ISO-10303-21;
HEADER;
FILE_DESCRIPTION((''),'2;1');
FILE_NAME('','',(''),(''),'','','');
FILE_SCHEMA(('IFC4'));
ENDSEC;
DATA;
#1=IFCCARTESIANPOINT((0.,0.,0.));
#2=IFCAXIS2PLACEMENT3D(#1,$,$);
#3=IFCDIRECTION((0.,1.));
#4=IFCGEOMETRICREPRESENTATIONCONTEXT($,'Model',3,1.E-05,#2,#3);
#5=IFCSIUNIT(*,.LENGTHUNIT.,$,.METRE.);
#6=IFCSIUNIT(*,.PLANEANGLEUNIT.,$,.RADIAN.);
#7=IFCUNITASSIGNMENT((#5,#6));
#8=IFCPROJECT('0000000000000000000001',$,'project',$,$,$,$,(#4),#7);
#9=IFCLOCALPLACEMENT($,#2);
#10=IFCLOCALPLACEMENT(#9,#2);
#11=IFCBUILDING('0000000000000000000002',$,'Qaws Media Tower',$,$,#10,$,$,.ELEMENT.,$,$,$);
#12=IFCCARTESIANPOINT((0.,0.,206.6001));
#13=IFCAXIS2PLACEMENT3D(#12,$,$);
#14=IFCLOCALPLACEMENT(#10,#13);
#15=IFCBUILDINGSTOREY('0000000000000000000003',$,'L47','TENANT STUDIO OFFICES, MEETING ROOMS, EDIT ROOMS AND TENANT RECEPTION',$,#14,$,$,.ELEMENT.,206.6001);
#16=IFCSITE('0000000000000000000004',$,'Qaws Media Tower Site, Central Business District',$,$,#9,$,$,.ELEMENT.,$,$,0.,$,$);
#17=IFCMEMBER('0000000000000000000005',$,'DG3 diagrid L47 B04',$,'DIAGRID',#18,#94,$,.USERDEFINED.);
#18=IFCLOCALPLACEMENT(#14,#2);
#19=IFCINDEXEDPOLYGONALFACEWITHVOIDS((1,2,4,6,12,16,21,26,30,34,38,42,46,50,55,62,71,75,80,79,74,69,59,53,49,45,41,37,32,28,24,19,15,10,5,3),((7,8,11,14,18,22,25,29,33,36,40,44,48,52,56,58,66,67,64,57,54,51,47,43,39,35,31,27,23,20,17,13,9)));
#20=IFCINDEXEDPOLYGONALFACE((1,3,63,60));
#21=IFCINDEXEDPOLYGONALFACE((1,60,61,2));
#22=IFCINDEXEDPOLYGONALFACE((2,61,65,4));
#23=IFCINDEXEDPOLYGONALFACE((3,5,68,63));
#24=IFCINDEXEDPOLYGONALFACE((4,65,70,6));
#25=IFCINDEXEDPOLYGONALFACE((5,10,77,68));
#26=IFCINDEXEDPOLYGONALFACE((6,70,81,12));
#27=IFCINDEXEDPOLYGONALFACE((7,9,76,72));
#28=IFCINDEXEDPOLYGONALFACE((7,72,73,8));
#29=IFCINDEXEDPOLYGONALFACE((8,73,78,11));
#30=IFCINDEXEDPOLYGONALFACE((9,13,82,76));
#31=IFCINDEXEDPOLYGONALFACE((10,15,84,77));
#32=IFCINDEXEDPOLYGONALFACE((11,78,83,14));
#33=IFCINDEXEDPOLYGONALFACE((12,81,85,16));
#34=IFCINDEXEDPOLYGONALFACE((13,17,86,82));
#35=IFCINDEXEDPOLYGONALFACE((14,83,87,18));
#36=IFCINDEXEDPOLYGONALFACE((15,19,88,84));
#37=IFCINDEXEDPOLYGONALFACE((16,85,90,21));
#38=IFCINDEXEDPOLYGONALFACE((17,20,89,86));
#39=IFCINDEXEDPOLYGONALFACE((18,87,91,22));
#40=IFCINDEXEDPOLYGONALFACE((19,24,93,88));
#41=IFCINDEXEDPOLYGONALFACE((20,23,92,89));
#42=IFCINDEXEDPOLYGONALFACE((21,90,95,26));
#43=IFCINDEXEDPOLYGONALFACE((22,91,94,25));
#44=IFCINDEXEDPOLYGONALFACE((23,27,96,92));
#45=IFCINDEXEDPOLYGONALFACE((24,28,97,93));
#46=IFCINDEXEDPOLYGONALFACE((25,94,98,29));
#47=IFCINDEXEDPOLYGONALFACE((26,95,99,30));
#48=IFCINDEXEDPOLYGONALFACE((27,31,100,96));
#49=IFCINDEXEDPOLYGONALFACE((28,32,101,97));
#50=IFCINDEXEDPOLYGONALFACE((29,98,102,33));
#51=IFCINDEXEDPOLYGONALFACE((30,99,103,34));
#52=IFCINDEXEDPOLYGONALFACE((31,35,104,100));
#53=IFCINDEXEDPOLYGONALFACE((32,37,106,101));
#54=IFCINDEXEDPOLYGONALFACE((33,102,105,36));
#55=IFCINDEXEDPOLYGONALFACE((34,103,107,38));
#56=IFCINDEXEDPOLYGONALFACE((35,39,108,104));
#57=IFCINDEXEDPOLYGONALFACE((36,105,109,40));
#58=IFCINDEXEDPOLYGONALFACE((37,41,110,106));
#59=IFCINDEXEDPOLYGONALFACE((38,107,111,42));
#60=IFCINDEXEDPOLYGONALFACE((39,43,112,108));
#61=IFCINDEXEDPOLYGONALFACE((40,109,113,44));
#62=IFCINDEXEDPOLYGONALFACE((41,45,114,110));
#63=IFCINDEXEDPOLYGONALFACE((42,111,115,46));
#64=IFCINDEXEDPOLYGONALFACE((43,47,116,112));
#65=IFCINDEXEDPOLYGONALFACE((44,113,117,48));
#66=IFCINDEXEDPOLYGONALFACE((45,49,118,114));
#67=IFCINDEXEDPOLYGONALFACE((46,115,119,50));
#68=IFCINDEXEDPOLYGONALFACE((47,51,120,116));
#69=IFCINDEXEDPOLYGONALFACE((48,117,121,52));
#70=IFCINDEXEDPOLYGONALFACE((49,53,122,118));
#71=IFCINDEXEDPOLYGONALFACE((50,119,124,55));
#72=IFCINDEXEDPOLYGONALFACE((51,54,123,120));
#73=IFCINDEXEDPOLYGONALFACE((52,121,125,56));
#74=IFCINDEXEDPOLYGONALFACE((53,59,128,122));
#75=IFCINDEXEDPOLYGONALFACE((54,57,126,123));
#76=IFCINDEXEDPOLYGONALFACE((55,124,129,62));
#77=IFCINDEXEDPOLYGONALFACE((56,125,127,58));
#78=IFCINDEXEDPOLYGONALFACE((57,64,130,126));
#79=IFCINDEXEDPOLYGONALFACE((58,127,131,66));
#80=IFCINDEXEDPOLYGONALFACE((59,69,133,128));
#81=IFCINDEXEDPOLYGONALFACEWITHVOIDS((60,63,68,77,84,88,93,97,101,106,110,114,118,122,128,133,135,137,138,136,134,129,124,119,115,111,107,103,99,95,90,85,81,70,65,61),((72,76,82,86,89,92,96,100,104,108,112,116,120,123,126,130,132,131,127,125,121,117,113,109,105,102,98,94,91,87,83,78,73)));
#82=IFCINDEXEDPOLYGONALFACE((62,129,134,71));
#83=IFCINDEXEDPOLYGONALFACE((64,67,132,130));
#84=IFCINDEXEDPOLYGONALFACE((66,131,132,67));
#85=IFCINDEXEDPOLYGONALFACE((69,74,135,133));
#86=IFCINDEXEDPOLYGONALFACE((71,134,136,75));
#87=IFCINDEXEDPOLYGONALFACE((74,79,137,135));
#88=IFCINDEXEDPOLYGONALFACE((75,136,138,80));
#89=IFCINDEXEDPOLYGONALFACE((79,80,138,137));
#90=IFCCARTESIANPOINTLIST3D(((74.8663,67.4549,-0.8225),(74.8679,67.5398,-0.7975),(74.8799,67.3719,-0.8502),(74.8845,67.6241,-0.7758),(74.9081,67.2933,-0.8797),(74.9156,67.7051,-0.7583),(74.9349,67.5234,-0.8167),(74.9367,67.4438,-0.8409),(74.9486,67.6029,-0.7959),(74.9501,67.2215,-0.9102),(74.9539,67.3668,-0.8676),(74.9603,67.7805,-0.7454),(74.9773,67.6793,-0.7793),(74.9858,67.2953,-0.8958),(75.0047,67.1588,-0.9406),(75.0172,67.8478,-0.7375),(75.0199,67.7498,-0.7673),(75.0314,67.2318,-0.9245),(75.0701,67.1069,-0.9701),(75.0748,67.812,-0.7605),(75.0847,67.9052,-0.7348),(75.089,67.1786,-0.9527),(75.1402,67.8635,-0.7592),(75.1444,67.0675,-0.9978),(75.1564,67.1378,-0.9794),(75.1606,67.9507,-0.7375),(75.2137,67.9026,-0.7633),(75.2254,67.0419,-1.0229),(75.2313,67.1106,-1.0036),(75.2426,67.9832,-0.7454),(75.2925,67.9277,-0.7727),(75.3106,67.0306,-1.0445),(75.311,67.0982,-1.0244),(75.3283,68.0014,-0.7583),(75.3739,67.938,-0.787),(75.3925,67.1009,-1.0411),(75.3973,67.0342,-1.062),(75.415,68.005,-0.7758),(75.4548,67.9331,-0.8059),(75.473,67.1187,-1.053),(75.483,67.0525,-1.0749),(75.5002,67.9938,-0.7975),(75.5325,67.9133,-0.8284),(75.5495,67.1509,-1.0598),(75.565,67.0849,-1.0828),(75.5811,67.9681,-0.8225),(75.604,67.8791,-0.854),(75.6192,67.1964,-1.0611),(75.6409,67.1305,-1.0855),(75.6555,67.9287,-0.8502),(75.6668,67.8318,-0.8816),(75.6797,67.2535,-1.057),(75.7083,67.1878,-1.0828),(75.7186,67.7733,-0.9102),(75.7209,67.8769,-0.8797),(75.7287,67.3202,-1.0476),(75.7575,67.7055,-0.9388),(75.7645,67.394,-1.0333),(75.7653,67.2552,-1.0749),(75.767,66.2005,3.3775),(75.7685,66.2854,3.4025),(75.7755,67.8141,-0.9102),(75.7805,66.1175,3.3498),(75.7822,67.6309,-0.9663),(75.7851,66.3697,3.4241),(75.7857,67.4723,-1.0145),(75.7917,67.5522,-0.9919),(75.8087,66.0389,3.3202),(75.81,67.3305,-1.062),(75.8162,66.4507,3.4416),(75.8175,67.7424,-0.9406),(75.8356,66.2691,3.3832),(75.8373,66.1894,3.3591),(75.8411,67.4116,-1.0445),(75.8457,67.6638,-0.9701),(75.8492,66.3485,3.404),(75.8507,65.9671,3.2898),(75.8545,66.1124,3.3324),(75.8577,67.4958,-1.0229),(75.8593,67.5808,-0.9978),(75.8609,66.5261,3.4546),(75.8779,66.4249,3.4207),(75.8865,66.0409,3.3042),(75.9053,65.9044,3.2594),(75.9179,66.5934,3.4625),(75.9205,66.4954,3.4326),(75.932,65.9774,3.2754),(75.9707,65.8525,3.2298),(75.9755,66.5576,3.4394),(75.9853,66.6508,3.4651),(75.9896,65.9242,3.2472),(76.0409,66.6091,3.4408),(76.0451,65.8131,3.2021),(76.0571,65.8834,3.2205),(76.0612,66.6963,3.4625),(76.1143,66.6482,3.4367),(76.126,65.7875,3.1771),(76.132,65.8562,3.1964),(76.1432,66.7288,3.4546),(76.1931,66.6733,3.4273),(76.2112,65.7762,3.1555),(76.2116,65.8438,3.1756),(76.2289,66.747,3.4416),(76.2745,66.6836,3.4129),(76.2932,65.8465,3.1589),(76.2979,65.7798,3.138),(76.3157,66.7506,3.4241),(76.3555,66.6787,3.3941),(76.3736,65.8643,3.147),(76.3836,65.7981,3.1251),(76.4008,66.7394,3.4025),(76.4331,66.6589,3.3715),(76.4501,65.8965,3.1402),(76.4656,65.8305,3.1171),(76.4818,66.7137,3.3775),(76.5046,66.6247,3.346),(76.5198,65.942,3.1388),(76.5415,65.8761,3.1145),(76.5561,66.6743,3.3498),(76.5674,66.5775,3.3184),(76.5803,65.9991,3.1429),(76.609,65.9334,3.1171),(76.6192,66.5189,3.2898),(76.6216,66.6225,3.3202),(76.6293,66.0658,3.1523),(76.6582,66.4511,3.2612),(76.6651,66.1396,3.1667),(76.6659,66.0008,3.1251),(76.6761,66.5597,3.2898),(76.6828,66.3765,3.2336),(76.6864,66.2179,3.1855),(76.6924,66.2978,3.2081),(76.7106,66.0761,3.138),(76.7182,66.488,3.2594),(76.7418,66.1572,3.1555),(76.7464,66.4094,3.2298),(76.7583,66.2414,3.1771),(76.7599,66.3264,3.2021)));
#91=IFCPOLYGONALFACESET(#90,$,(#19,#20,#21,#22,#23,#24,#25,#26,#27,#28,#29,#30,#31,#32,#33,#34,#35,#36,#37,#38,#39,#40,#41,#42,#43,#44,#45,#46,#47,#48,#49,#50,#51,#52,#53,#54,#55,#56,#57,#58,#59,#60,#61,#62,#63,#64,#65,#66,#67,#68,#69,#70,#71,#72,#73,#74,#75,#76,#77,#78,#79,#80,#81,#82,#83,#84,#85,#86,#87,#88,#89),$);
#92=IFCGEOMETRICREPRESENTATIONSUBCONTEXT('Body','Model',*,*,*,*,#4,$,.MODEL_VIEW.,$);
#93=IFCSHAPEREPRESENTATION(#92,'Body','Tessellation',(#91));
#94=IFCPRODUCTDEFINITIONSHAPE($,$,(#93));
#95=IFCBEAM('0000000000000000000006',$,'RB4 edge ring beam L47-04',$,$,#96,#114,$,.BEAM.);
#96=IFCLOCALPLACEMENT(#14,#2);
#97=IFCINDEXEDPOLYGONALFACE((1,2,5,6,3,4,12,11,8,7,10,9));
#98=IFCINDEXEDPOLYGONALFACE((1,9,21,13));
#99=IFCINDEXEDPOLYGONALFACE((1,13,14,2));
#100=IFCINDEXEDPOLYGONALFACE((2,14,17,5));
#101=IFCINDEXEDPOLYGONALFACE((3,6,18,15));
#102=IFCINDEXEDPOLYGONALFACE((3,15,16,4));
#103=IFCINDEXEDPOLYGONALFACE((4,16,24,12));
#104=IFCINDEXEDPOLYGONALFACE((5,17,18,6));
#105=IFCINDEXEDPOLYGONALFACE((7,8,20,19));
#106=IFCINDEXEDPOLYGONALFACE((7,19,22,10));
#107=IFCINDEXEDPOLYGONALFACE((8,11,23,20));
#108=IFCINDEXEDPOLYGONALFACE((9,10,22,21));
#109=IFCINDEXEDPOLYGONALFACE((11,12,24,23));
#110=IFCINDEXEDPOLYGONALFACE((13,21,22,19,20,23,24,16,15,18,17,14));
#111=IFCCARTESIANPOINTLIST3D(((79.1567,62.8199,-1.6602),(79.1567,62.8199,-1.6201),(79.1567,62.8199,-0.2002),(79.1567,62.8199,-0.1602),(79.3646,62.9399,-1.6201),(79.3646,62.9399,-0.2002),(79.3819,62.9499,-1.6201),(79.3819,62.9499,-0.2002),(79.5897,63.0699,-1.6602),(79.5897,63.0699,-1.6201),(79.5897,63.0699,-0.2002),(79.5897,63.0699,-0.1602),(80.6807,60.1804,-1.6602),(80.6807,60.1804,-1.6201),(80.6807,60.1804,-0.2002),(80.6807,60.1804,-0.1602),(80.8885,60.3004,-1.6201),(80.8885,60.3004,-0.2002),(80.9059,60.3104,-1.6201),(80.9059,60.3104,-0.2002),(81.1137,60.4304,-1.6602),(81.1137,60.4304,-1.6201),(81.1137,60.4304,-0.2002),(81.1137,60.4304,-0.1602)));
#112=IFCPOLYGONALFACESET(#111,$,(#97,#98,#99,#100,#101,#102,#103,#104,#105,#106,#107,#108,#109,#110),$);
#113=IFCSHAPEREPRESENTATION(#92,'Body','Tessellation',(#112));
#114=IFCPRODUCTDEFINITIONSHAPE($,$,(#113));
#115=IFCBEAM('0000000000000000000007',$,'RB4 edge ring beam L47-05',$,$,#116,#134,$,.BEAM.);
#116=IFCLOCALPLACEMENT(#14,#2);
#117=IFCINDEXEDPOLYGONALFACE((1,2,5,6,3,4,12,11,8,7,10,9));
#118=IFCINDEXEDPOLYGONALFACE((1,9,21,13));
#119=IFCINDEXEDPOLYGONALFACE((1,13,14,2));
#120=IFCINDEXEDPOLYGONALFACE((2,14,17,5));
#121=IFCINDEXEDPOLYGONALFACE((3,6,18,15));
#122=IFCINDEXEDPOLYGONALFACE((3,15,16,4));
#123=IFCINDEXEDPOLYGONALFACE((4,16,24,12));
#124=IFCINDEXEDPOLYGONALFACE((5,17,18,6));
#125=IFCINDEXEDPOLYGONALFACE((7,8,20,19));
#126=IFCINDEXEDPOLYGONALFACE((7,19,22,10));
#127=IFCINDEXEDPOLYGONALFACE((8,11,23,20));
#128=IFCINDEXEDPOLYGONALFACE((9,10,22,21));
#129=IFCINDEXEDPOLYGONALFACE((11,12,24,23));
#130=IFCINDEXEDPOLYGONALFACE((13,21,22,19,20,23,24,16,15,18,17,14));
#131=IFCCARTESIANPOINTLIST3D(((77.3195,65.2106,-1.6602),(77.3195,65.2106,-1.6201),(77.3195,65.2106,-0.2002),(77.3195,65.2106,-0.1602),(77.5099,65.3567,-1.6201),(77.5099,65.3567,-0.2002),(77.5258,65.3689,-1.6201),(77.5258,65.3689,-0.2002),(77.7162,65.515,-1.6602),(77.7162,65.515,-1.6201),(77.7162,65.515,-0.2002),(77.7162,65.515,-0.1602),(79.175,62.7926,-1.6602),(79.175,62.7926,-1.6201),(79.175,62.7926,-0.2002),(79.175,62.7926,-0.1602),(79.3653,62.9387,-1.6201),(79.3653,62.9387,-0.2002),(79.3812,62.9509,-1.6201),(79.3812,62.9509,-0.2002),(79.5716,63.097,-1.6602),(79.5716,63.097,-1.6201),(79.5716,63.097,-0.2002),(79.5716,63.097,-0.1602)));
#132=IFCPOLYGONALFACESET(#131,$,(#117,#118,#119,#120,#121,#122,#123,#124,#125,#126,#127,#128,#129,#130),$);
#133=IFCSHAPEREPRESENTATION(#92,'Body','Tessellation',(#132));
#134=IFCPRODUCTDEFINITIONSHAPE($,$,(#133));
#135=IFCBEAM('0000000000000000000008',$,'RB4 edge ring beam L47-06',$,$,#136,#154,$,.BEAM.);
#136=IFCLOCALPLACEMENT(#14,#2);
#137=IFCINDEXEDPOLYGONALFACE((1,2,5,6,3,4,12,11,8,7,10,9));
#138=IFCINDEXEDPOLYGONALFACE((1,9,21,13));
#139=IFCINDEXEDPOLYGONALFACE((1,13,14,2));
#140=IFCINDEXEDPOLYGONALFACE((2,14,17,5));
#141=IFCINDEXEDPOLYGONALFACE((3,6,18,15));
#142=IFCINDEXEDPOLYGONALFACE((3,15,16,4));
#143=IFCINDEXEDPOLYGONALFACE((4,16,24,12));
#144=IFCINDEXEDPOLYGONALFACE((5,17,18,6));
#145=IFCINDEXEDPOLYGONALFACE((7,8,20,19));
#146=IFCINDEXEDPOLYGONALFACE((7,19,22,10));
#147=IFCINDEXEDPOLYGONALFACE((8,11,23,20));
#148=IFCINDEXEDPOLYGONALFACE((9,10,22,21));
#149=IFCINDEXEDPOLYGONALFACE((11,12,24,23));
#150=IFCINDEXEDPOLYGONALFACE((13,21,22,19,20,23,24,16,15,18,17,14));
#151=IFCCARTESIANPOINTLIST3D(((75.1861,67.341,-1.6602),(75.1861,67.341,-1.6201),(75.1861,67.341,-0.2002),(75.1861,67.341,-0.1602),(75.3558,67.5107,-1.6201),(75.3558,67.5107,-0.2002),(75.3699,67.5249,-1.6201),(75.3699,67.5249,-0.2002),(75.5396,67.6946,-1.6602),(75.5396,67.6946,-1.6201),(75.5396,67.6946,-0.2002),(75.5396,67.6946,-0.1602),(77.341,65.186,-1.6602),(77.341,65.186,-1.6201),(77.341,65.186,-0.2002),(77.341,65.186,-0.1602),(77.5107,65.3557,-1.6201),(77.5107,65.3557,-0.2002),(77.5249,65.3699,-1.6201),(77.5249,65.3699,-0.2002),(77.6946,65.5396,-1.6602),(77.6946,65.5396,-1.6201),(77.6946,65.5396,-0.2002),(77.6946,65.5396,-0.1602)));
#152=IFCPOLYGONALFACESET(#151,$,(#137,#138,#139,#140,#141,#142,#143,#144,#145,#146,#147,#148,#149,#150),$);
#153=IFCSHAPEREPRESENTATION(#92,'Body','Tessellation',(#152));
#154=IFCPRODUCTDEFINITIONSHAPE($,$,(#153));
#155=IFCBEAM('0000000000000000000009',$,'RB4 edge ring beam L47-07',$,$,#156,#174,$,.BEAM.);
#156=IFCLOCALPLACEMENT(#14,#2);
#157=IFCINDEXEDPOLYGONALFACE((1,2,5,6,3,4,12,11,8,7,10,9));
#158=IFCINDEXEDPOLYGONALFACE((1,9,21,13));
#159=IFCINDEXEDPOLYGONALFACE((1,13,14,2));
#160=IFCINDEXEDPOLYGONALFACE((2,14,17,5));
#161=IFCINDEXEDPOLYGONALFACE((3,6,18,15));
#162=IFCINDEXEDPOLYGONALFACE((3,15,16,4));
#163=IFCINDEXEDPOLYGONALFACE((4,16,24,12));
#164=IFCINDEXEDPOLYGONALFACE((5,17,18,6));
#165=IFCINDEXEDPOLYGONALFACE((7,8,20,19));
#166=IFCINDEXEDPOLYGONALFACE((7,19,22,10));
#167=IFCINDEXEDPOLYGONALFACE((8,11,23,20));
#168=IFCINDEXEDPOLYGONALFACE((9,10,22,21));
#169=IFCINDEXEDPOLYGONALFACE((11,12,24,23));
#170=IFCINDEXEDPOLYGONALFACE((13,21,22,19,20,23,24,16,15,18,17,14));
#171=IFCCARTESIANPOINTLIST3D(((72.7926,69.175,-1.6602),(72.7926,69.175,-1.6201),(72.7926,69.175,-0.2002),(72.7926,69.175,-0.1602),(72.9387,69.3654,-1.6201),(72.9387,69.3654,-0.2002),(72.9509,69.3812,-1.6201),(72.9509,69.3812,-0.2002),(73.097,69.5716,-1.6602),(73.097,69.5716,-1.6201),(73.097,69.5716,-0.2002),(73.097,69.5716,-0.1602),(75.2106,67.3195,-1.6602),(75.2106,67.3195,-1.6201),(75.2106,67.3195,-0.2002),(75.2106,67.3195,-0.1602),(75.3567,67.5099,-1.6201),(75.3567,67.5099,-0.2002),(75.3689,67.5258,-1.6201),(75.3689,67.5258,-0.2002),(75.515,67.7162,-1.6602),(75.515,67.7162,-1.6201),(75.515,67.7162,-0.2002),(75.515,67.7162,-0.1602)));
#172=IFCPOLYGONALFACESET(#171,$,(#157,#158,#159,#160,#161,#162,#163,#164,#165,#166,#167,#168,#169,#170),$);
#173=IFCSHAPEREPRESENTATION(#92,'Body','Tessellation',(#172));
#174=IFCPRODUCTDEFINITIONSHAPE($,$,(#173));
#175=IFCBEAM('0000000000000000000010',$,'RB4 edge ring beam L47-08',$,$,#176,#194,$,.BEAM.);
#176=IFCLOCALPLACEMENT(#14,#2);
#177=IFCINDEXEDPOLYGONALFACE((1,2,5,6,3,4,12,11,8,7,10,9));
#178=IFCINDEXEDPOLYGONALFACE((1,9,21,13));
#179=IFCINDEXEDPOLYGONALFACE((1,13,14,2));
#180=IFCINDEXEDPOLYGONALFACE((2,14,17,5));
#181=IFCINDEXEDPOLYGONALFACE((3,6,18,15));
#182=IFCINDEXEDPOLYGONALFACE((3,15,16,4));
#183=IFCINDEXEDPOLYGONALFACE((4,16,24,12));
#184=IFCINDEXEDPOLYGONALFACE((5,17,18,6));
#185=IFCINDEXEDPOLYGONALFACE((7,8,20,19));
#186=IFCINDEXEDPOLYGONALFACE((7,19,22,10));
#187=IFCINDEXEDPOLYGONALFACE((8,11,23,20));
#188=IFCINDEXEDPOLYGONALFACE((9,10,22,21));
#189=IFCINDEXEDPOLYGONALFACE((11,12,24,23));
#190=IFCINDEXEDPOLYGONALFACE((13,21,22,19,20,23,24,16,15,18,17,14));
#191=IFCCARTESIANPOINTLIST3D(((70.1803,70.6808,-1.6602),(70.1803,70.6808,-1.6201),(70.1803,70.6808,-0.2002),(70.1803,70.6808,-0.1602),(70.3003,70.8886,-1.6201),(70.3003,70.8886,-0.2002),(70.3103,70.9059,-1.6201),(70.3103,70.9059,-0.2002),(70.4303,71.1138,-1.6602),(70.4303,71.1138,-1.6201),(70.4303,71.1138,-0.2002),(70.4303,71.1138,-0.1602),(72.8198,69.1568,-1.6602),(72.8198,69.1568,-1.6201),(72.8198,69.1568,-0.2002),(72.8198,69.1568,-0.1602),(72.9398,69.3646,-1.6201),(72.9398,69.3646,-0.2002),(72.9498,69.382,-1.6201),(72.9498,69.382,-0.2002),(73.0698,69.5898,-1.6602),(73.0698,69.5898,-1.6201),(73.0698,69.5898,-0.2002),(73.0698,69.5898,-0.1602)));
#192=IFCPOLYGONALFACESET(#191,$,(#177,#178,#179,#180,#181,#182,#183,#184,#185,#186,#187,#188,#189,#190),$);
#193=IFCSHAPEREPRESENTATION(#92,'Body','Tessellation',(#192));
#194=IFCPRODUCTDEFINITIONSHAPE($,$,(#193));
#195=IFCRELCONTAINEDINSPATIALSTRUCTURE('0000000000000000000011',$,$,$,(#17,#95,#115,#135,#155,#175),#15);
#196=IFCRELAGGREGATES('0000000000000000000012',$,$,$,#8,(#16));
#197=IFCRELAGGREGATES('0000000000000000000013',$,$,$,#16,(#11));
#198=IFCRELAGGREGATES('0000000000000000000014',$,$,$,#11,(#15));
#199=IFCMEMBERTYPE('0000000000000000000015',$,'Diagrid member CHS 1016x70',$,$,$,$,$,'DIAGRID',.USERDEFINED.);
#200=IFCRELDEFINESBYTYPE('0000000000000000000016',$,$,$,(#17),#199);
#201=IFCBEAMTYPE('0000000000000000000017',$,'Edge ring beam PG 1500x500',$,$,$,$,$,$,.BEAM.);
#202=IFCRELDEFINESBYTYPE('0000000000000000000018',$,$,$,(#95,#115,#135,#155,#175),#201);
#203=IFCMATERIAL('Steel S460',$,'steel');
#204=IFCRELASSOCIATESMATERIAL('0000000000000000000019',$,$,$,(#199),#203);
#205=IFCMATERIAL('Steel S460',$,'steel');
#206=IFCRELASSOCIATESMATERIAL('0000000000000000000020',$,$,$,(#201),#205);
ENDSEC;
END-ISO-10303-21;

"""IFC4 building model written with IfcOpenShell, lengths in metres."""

from ifc_helpers import new_model, si_unit, direction, frame, origin, origin_2d, place, context, subcontext, project, spatial, hollow_circle, i_section, extrude, material, material_profile, profile_set, type_object, element, save


model = new_model("IFC4")

# Units and contexts
model_context = context("Model", 3, precision=1e-05, world=origin(), true_north=direction((0.0, 1.0)))
body_context = subcontext(model_context, "Body", "Model", "MODEL_VIEW")
ifc_project = project(units=[si_unit("LENGTHUNIT", "METRE"), si_unit("PLANEANGLEUNIT", "RADIAN")], contexts=[model_context])

# Site, building, storey
site_placement = place(None, origin())
site = spatial("IfcSite", under=ifc_project, at=site_placement, Name="Qaws Media Tower Site, Central Business District", CompositionType="ELEMENT", RefElevation=0.0)
building_placement = place(site_placement, origin())
building = spatial("IfcBuilding", under=site, at=building_placement, Name="Qaws Media Tower", CompositionType="ELEMENT")
storey_placement = place(building_placement, frame((0.0, 0.0, 206.6001)))
storey = spatial("IfcBuildingStorey", under=building, at=storey_placement, Name="L47", Description="TENANT STUDIO OFFICES, MEETING ROOMS, EDIT ROOMS AND TENANT RECEPTION", CompositionType="ELEMENT", Elevation=206.6001)

# Member
ifc_material_1 = material(Name="Steel S460", Category="steel")
ifc_material_profile_1 = material_profile(ifc_material_1, hollow_circle(Radius=0.5081, WallThickness=0.0701, at=origin_2d()), Name="CHS 1016x70")
ifc_profile_set_1 = profile_set([ifc_material_profile_1], Name="Steel S460")
member_type_1 = type_object("IfcMemberType", Name="Diagrid member CHS 1016x70", ElementType="DIAGRID", PredefinedType="USERDEFINED", material=ifc_profile_set_1)
for number, where, z_axis, x_axis, name in (
    (1, (75.3628, 67.5178, -0.9102), (0.201266, -0.280321, 0.938569), (0.81231, 0.583226, 0.0), "DG3 diagrid L47 B04"),
):
    element("IfcMember", number, at=place(storey_placement, frame(where, z_axis=z_axis, x_axis=x_axis)), inside=storey, type_object=member_type_1, Name=name, ObjectType="DIAGRID", PredefinedType="USERDEFINED", context=body_context, shape_type="SweptSolid", body=[
        extrude(hollow_circle(Radius=0.5081, WallThickness=0.0701, at=origin_2d()), origin(), (0.0, 0.0, 1.0), 4.4749),
    ])

# Beams
ifc_material_2 = material(Name="Steel S460", Category="steel")
ifc_material_profile_2 = material_profile(ifc_material_2, i_section(OverallWidth=0.5, OverallDepth=1.5, WebThickness=0.02, FlangeThickness=0.04, at=origin_2d()), Name="PG 1500x500")
ifc_profile_set_2 = profile_set([ifc_material_profile_2], Name="Steel S460")
beam_type = type_object("IfcBeamType", Name="Edge ring beam PG 1500x500", PredefinedType="BEAM", material=ifc_profile_set_2)
for number, where, z_axis, x_axis, name in (
    (2, (80.8972, 60.3054, -0.9102), (-0.500016, 0.866016, 0.0), (-0.866016, -0.500016, 0.0), "RB4 edge ring beam L47-04"),
    (3, (79.3733, 62.9448, -0.9102), (-0.608781, 0.793338, 0.0), (-0.793338, -0.608781, 0.0), "RB4 edge ring beam L47-05"),
):
    element("IfcBeam", number, at=place(storey_placement, frame(where, z_axis=z_axis, x_axis=x_axis)), inside=storey, type_object=beam_type, Name=name, PredefinedType="BEAM", context=body_context, shape_type="SweptSolid", body=[
        extrude(i_section(OverallWidth=0.5, OverallDepth=1.5, WebThickness=0.02, FlangeThickness=0.04, at=origin_2d()), origin(), (0.0, 0.0, 1.0), 3.0479),
    ])
beam_placement = place(storey_placement, frame((77.5178, 65.3628, -0.9102), z_axis=(-0.707107, 0.707107, 0.0), x_axis=(-0.707107, -0.707107, 0.0)))
element("IfcBeam", 4, at=beam_placement, inside=storey, type_object=beam_type, Name="RB4 edge ring beam L47-06", PredefinedType="BEAM", context=body_context, shape_type="SweptSolid", body=[
    extrude(i_section(OverallWidth=0.5, OverallDepth=1.5, WebThickness=0.02, FlangeThickness=0.04, at=origin_2d()), origin(), (0.0, 0.0, 1.0), 3.0476),
])
for number, where, z_axis, x_axis, name in (
    (5, (75.3628, 67.5178, -0.9102), (-0.793338, 0.608781, 0.0), (-0.608781, -0.793338, 0.0), "RB4 edge ring beam L47-07"),
    (6, (72.9448, 69.3733, -0.9102), (-0.866016, 0.500016, 0.0), (-0.500016, -0.866016, 0.0), "RB4 edge ring beam L47-08"),
):
    element("IfcBeam", number, at=place(storey_placement, frame(where, z_axis=z_axis, x_axis=x_axis)), inside=storey, type_object=beam_type, Name=name, PredefinedType="BEAM", context=body_context, shape_type="SweptSolid", body=[
        extrude(i_section(OverallWidth=0.5, OverallDepth=1.5, WebThickness=0.02, FlangeThickness=0.04, at=origin_2d()), origin(), (0.0, 0.0, 1.0), 3.0479),
    ])

save(model, "model.ifc")
